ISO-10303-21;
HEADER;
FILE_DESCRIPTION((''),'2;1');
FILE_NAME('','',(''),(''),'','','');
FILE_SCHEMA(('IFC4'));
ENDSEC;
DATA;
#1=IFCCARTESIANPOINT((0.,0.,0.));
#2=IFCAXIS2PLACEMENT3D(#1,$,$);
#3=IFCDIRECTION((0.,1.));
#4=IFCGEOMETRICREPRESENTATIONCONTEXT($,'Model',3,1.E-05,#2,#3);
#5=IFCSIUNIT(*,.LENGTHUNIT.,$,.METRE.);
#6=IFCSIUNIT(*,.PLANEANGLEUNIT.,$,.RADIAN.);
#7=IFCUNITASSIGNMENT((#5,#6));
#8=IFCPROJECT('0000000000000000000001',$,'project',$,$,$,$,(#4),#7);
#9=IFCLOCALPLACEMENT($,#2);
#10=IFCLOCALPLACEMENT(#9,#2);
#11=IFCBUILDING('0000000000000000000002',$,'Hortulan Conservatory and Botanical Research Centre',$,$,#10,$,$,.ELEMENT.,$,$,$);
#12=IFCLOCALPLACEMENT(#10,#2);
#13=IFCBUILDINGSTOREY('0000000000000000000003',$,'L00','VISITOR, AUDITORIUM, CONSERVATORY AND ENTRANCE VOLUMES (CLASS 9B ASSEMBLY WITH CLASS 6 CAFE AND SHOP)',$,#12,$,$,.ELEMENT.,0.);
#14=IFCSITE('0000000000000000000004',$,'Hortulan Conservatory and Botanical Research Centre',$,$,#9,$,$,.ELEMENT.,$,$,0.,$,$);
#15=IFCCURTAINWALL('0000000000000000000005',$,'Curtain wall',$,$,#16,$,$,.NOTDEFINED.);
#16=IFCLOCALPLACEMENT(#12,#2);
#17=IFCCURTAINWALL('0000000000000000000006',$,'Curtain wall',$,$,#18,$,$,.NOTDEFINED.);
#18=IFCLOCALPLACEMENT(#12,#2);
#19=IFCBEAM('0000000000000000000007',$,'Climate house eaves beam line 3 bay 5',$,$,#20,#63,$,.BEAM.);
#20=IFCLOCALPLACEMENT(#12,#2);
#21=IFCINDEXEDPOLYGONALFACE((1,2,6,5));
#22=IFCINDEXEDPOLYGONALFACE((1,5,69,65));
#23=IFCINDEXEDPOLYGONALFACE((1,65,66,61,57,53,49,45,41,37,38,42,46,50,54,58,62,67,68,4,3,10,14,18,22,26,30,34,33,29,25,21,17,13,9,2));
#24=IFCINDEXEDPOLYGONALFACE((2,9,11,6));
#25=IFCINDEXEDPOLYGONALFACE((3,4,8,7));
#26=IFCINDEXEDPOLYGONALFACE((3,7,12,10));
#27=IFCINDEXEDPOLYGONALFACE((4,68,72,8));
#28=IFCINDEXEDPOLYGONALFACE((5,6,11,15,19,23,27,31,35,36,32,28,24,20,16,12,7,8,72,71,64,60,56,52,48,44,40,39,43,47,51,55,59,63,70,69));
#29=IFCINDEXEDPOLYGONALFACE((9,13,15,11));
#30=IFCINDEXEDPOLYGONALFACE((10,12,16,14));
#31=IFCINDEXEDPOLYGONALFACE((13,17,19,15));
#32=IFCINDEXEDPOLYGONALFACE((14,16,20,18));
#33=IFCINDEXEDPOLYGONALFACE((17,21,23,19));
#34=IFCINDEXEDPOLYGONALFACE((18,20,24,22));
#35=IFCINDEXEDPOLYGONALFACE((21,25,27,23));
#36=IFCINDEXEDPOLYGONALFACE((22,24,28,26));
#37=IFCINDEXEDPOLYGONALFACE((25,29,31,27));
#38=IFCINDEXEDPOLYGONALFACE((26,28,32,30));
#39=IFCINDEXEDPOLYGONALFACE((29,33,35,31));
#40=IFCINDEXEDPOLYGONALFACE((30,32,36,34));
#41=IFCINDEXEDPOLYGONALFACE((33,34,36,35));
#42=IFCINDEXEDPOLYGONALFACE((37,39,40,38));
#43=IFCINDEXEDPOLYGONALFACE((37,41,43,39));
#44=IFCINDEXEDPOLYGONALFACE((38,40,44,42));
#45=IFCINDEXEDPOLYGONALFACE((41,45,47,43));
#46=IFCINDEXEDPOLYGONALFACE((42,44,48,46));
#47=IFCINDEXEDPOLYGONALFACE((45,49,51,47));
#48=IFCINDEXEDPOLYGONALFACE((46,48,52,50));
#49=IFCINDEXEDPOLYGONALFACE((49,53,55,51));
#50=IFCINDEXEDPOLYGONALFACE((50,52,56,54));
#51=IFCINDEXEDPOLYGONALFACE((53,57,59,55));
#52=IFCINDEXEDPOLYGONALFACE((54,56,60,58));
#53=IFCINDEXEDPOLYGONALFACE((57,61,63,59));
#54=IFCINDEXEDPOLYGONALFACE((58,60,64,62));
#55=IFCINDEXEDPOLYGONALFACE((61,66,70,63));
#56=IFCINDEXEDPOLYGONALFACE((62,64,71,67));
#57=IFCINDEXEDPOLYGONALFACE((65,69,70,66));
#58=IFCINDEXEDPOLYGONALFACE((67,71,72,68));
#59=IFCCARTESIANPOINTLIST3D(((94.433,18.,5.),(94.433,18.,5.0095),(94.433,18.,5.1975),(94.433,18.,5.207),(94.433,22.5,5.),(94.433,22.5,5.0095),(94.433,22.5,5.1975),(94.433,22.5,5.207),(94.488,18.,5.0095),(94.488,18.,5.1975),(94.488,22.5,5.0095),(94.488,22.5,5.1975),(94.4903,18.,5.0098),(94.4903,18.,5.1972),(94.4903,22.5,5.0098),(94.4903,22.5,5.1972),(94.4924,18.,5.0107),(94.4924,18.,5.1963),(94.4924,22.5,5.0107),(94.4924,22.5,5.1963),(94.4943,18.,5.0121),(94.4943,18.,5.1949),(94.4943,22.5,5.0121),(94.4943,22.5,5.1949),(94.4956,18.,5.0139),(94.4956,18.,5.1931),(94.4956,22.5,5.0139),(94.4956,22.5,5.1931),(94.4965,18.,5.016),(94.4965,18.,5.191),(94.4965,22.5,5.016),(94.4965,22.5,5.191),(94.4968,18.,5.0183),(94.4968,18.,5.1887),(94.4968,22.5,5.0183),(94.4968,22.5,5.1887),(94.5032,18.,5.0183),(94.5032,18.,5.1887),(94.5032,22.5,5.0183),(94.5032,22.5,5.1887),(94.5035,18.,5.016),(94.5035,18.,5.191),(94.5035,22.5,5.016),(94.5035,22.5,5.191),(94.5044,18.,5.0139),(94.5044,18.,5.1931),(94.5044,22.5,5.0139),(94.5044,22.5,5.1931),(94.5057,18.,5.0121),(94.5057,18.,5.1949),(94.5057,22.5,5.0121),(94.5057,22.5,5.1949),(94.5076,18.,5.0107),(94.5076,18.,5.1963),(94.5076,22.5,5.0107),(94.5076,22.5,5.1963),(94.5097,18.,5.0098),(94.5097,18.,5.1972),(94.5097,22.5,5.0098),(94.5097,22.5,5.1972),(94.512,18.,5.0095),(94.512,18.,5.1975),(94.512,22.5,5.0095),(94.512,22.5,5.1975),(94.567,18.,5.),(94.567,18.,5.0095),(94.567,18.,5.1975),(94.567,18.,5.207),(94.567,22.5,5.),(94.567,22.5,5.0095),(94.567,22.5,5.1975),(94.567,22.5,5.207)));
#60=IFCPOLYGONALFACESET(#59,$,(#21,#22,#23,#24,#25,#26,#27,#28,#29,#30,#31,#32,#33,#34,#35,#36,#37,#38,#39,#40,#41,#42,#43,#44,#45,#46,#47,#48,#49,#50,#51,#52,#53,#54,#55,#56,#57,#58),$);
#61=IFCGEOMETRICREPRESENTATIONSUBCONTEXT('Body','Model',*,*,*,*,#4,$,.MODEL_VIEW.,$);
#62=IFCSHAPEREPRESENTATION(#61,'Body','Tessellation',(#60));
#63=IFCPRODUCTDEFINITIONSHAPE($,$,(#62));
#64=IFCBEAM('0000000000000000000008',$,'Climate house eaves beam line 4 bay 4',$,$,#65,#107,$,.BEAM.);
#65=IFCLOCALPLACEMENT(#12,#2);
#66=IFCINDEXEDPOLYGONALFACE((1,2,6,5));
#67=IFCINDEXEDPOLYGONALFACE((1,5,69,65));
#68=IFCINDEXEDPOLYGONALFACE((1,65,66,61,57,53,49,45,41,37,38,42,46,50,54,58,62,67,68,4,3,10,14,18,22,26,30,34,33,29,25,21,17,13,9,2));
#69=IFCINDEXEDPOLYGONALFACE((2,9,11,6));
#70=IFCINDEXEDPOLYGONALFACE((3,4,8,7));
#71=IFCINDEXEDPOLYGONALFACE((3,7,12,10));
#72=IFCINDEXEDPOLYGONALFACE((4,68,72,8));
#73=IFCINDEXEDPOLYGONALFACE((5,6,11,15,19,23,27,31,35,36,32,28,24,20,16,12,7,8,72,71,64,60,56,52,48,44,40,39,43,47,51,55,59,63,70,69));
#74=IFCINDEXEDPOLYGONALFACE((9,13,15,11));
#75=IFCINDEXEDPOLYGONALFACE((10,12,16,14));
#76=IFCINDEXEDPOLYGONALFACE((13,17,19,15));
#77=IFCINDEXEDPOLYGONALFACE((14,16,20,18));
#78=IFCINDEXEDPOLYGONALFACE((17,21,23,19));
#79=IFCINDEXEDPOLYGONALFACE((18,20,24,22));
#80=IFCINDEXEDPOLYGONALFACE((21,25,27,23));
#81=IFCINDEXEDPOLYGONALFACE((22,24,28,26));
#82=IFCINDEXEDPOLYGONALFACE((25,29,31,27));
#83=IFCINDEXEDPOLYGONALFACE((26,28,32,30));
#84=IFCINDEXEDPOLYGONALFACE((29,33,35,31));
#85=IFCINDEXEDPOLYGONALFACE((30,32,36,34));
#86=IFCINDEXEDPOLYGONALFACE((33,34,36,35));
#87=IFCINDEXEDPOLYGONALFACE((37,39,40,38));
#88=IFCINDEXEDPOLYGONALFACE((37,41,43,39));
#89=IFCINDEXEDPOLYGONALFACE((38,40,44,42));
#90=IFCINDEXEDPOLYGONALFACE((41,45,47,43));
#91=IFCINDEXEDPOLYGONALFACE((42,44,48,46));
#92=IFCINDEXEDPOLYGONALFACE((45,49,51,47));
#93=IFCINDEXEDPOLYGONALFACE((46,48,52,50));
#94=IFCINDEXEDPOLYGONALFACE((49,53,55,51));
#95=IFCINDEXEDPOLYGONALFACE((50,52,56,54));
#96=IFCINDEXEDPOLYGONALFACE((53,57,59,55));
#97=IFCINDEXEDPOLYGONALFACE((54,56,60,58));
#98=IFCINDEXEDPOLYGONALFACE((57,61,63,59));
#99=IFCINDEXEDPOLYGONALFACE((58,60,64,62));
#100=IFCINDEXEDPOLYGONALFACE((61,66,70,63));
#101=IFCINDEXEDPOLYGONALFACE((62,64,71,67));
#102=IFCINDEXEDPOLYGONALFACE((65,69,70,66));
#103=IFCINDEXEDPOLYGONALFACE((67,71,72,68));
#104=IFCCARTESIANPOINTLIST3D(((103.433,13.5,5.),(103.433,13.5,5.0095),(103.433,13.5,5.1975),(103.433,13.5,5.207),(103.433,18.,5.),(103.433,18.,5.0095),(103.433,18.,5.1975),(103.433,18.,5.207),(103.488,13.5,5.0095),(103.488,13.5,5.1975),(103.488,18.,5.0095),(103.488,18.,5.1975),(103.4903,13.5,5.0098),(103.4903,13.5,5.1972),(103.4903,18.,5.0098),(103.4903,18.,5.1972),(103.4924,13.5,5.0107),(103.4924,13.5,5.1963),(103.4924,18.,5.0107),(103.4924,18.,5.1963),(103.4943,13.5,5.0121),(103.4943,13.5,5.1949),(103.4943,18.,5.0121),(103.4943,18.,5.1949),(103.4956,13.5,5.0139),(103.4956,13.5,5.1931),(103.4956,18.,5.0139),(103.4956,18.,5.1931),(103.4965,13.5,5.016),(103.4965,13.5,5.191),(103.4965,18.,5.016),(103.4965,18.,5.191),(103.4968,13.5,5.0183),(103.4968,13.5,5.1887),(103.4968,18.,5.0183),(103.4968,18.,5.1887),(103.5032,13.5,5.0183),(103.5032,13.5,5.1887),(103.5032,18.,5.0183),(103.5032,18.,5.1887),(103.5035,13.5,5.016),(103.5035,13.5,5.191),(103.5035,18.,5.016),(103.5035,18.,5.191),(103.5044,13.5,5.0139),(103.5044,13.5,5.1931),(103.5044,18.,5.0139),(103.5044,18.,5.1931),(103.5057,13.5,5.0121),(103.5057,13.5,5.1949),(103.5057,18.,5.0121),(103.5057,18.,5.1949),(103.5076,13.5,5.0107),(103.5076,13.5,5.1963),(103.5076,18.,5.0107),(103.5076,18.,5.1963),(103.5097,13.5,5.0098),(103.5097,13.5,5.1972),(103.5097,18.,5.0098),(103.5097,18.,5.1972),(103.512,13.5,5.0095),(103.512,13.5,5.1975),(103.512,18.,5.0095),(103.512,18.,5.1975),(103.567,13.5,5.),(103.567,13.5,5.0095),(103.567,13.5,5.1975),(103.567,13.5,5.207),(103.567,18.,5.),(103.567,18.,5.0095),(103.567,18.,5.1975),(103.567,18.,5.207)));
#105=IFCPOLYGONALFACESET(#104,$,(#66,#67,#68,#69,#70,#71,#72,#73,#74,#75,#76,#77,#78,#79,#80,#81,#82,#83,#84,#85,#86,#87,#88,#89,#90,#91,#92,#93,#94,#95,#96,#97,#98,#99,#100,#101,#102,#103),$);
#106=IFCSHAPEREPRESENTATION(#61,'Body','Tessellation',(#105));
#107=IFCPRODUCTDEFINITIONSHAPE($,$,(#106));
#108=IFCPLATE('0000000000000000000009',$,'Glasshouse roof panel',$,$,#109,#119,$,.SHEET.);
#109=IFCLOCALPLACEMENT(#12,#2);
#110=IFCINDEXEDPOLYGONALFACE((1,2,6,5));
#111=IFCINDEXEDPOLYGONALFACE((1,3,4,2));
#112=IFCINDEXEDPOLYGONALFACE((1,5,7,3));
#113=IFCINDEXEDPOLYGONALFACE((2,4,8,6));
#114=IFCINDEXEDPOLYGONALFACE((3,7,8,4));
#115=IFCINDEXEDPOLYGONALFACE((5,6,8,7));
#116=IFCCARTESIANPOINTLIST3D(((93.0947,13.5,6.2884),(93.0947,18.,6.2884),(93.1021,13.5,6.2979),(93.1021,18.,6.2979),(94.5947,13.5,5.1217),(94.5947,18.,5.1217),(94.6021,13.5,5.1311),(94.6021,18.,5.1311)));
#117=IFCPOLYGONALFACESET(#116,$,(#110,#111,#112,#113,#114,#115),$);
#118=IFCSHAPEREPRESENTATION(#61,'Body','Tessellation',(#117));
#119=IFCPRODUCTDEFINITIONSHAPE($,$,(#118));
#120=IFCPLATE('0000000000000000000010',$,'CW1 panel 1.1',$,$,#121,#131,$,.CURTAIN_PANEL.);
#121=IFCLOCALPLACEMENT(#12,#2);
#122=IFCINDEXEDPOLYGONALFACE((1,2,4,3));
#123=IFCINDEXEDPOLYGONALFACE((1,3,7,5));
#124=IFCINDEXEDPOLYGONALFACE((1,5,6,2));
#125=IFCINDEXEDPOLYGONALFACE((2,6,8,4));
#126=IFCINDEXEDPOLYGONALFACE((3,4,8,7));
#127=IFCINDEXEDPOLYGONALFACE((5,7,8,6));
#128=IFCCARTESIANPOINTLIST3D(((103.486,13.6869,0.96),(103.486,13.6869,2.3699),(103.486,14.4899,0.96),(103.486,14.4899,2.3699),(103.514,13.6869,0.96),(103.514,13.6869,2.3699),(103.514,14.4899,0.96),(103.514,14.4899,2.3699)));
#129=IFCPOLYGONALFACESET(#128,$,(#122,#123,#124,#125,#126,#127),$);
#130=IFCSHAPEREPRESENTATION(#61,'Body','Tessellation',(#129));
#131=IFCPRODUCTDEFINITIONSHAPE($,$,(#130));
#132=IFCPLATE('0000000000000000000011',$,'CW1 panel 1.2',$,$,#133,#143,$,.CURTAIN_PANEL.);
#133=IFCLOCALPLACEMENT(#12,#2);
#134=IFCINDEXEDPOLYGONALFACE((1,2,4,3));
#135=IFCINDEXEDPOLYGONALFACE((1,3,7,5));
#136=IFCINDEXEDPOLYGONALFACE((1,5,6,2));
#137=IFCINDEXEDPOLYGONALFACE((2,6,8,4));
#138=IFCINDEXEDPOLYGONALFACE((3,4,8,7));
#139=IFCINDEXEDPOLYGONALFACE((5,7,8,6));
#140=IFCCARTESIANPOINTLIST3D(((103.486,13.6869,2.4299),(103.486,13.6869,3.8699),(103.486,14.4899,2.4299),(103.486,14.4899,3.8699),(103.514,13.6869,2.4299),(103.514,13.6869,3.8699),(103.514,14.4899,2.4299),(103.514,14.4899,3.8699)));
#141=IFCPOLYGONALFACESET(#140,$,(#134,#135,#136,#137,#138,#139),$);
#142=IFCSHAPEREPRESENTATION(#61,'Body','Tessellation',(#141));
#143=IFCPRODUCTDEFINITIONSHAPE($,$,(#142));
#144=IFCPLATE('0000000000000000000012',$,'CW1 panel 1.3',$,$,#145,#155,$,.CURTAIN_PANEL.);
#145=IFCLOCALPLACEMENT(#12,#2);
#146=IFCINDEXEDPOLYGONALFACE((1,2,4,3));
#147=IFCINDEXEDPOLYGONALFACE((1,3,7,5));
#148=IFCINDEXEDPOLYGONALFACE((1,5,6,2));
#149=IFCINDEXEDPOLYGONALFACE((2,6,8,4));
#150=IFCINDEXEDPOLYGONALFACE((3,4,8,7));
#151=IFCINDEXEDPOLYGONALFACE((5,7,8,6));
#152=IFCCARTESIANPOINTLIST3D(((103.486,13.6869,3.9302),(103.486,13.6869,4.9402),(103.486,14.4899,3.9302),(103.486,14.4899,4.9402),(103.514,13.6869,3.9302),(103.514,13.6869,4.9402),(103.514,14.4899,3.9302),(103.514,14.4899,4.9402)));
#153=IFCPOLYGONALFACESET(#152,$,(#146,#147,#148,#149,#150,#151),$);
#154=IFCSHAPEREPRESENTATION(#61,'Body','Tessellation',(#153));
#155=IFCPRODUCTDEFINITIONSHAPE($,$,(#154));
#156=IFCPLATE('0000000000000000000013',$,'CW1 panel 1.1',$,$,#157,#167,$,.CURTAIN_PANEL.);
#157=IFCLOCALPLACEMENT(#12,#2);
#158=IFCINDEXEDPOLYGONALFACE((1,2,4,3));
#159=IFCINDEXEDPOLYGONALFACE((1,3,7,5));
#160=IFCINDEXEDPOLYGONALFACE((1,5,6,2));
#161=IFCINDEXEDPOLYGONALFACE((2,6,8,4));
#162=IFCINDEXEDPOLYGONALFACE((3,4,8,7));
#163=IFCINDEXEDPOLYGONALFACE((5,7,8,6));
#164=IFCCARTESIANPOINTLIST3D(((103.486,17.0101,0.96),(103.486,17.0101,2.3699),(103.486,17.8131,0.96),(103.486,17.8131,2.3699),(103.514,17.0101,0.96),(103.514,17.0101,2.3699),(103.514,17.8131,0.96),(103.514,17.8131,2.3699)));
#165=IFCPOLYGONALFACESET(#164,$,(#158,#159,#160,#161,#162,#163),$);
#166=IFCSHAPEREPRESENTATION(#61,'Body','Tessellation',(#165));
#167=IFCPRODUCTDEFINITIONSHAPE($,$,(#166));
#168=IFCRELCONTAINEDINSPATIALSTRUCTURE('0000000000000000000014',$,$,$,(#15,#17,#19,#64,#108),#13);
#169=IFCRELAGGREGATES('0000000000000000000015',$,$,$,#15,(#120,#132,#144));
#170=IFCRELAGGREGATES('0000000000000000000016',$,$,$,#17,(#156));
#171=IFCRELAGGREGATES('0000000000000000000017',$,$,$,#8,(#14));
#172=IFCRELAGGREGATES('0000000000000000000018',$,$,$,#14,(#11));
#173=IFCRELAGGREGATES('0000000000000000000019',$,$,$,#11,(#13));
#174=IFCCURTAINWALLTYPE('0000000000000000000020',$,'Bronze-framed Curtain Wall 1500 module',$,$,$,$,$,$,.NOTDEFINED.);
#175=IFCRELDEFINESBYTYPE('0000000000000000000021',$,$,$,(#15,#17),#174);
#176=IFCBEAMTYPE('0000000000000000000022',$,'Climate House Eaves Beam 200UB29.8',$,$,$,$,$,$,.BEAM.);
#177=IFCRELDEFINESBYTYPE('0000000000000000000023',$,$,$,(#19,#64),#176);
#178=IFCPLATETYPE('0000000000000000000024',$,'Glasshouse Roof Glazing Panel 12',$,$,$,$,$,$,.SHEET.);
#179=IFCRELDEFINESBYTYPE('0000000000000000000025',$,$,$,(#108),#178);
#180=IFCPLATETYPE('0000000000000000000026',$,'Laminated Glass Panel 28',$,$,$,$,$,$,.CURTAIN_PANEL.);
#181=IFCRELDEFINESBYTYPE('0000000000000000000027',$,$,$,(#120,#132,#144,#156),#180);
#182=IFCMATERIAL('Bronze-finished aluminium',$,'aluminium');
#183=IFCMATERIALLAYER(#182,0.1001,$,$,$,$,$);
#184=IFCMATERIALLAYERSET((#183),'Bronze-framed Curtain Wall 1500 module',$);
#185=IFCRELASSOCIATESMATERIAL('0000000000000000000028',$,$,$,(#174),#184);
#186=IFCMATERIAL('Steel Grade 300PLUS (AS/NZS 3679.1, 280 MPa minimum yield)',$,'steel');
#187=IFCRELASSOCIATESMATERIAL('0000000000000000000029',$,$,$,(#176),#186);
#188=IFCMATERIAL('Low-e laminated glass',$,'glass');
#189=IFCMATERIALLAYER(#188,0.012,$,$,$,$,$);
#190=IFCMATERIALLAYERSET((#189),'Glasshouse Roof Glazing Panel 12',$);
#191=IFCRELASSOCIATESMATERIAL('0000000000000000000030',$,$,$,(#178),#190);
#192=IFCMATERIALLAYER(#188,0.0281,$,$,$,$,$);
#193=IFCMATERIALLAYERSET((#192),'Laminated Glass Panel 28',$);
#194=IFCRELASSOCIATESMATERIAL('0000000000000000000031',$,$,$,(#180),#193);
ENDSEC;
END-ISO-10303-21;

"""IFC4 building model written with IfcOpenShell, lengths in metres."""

from ifc_helpers import new_model, si_unit, direction, frame, origin, origin_2d, place, context, subcontext, project, spatial, polyline, rectangle, i_section, outline, extrude, material, layer, layer_set, material_profile, profile_set, type_object, element, aggregate, save


model = new_model("IFC4")

# Units and contexts
model_context = context("Model", 3, precision=1e-05, world=origin(), true_north=direction((0.0, 1.0)))
body_context = subcontext(model_context, "Body", "Model", "MODEL_VIEW")
ifc_project = project(units=[si_unit("LENGTHUNIT", "METRE"), si_unit("PLANEANGLEUNIT", "RADIAN")], contexts=[model_context])

# Site, building, storey
site_placement = place(None, origin())
site = spatial("IfcSite", under=ifc_project, at=site_placement, Name="Hortulan Conservatory and Botanical Research Centre", CompositionType="ELEMENT", RefElevation=0.0)
building_placement = place(site_placement, origin())
building = spatial("IfcBuilding", under=site, at=building_placement, Name="Hortulan Conservatory and Botanical Research Centre", CompositionType="ELEMENT")
storey_placement = place(building_placement, origin())
storey = spatial("IfcBuildingStorey", under=building, at=storey_placement, Name="L00", Description="VISITOR, AUDITORIUM, CONSERVATORY AND ENTRANCE VOLUMES (CLASS 9B ASSEMBLY WITH CLASS 6 CAFE AND SHOP)", CompositionType="ELEMENT", Elevation=0.0)

# Shared definitions
ifc_material_1 = material(Name="Steel Grade 300PLUS (AS/NZS 3679.1, 280 MPa minimum yield)", Category="steel")

# Curtain wall
ifc_material_2 = material(Name="Bronze-finished aluminium", Category="aluminium")
ifc_layer_1 = layer(ifc_material_2, 0.1001)
ifc_layer_set_1 = layer_set([ifc_layer_1], Name="Bronze-framed Curtain Wall 1500 module")
curtain_wall_type = type_object("IfcCurtainWallType", Name="Bronze-framed Curtain Wall 1500 module", PredefinedType="NOTDEFINED", material=ifc_layer_set_1)
curtain_wall_1_placement = place(storey_placement, origin())
curtain_wall_1 = element("IfcCurtainWall", 1, at=curtain_wall_1_placement, inside=storey, type_object=curtain_wall_type, Name="Curtain wall", PredefinedType="NOTDEFINED")

# Curtain wall
curtain_wall_2_placement = place(storey_placement, origin())
curtain_wall_2 = element("IfcCurtainWall", 2, at=curtain_wall_2_placement, inside=storey, type_object=curtain_wall_type, Name="Curtain wall", PredefinedType="NOTDEFINED")

# Beams
ifc_material_profile_1 = material_profile(ifc_material_1, i_section(OverallWidth=0.134, OverallDepth=0.207, WebThickness=0.0063, FlangeThickness=0.0095, FilletRadius=0.0088, at=origin_2d()), Name="200UB29.8")
ifc_profile_set_1 = profile_set([ifc_material_profile_1], Name="Steel Grade 300PLUS (AS/NZS 3679.1, 280 MPa minimum yield)")
beam_type = type_object("IfcBeamType", Name="Climate House Eaves Beam 200UB29.8", PredefinedType="BEAM", material=ifc_profile_set_1)
for number, where, z_axis, x_axis, name in (
    (3, (94.5, 18.0, 5.1035), (0.0, 1.0, 0.0), (-1.0, 0.0, 0.0), "Climate house eaves beam line 3 bay 5"),
    (4, (103.5, 13.5, 5.1035), (0.0, 1.0, 0.0), (-1.0, 0.0, 0.0), "Climate house eaves beam line 4 bay 4"),
):
    element("IfcBeam", number, at=place(storey_placement, frame(where, z_axis=z_axis, x_axis=x_axis)), inside=storey, type_object=beam_type, Name=name, PredefinedType="BEAM", context=body_context, shape_type="SweptSolid", body=[
        extrude(i_section(OverallWidth=0.134, OverallDepth=0.207, WebThickness=0.0063, FlangeThickness=0.0095, FilletRadius=0.0088, at=origin_2d()), origin(), (0.0, 0.0, 1.0), 4.5),
    ])

# Plates
ifc_material_3 = material(Name="Low-e laminated glass", Category="glass")
ifc_layer_2 = layer(ifc_material_3, 0.012)
ifc_layer_set_2 = layer_set([ifc_layer_2], Name="Glasshouse Roof Glazing Panel 12")
plate_type_1 = type_object("IfcPlateType", Name="Glasshouse Roof Glazing Panel 12", PredefinedType="SHEET", material=ifc_layer_set_2)
plate_1_placement = place(storey_placement, frame((94.6021, 18.0, 5.1311), z_axis=(0.613967, 0.0, 0.789331), x_axis=(-0.789331, 0.0, 0.613967)))
element("IfcPlate", 5, at=plate_1_placement, inside=storey, type_object=plate_type_1, Name="Glasshouse roof panel", PredefinedType="SHEET", context=body_context, shape_type="SweptSolid", body=[
    extrude(outline(polyline([(0.0, 0.0), (1.9003, 0.0), (1.9003, 4.5), (0.0, 4.5), (0.0, 0.0)])), origin(), (0.0, 0.0, -1.0), 0.012),
])
ifc_layer_3 = layer(ifc_material_3, 0.0281)
ifc_layer_set_3 = layer_set([ifc_layer_3], Name="Laminated Glass Panel 28")
plate_type_2 = type_object("IfcPlateType", Name="Laminated Glass Panel 28", PredefinedType="CURTAIN_PANEL", material=ifc_layer_set_3)
plate_2_placement = place(storey_placement, frame((103.5, 14.0884, 0.96), z_axis=(0.0, 0.0, 1.0), x_axis=(0.0, 1.0, 0.0)))
plate_2 = element("IfcPlate", 6, at=plate_2_placement, type_object=plate_type_2, Name="CW1 panel 1.1", PredefinedType="CURTAIN_PANEL", context=body_context, shape_type="SweptSolid", body=[
    extrude(rectangle(XDim=0.803, YDim=0.0281, at=origin_2d()), origin(), (0.0, 0.0, 1.0), 1.4099),
])
plate_3_placement = place(storey_placement, frame((103.5, 14.0884, 2.4299), z_axis=(0.0, 0.0, 1.0), x_axis=(0.0, 1.0, 0.0)))
plate_3 = element("IfcPlate", 7, at=plate_3_placement, type_object=plate_type_2, Name="CW1 panel 1.2", PredefinedType="CURTAIN_PANEL", context=body_context, shape_type="SweptSolid", body=[
    extrude(rectangle(XDim=0.803, YDim=0.0281, at=origin_2d()), origin(), (0.0, 0.0, 1.0), 1.4399),
])
plate_4_placement = place(storey_placement, frame((103.5, 14.0884, 3.9302), z_axis=(0.0, 0.0, 1.0), x_axis=(0.0, 1.0, 0.0)))
plate_4 = element("IfcPlate", 8, at=plate_4_placement, type_object=plate_type_2, Name="CW1 panel 1.3", PredefinedType="CURTAIN_PANEL", context=body_context, shape_type="SweptSolid", body=[
    extrude(rectangle(XDim=0.803, YDim=0.0281, at=origin_2d()), origin(), (0.0, 0.0, 1.0), 1.01),
])
aggregate(curtain_wall_1, [plate_2, plate_3, plate_4])
plate_5_placement = place(storey_placement, frame((103.5, 17.4116, 0.96), z_axis=(0.0, 0.0, 1.0), x_axis=(0.0, 1.0, 0.0)))
plate_5 = element("IfcPlate", 9, at=plate_5_placement, type_object=plate_type_2, Name="CW1 panel 1.1", PredefinedType="CURTAIN_PANEL", context=body_context, shape_type="SweptSolid", body=[
    extrude(rectangle(XDim=0.803, YDim=0.0281, at=origin_2d()), origin(), (0.0, 0.0, 1.0), 1.4099),
])
aggregate(curtain_wall_2, [plate_5])

save(model, "model.ifc")
